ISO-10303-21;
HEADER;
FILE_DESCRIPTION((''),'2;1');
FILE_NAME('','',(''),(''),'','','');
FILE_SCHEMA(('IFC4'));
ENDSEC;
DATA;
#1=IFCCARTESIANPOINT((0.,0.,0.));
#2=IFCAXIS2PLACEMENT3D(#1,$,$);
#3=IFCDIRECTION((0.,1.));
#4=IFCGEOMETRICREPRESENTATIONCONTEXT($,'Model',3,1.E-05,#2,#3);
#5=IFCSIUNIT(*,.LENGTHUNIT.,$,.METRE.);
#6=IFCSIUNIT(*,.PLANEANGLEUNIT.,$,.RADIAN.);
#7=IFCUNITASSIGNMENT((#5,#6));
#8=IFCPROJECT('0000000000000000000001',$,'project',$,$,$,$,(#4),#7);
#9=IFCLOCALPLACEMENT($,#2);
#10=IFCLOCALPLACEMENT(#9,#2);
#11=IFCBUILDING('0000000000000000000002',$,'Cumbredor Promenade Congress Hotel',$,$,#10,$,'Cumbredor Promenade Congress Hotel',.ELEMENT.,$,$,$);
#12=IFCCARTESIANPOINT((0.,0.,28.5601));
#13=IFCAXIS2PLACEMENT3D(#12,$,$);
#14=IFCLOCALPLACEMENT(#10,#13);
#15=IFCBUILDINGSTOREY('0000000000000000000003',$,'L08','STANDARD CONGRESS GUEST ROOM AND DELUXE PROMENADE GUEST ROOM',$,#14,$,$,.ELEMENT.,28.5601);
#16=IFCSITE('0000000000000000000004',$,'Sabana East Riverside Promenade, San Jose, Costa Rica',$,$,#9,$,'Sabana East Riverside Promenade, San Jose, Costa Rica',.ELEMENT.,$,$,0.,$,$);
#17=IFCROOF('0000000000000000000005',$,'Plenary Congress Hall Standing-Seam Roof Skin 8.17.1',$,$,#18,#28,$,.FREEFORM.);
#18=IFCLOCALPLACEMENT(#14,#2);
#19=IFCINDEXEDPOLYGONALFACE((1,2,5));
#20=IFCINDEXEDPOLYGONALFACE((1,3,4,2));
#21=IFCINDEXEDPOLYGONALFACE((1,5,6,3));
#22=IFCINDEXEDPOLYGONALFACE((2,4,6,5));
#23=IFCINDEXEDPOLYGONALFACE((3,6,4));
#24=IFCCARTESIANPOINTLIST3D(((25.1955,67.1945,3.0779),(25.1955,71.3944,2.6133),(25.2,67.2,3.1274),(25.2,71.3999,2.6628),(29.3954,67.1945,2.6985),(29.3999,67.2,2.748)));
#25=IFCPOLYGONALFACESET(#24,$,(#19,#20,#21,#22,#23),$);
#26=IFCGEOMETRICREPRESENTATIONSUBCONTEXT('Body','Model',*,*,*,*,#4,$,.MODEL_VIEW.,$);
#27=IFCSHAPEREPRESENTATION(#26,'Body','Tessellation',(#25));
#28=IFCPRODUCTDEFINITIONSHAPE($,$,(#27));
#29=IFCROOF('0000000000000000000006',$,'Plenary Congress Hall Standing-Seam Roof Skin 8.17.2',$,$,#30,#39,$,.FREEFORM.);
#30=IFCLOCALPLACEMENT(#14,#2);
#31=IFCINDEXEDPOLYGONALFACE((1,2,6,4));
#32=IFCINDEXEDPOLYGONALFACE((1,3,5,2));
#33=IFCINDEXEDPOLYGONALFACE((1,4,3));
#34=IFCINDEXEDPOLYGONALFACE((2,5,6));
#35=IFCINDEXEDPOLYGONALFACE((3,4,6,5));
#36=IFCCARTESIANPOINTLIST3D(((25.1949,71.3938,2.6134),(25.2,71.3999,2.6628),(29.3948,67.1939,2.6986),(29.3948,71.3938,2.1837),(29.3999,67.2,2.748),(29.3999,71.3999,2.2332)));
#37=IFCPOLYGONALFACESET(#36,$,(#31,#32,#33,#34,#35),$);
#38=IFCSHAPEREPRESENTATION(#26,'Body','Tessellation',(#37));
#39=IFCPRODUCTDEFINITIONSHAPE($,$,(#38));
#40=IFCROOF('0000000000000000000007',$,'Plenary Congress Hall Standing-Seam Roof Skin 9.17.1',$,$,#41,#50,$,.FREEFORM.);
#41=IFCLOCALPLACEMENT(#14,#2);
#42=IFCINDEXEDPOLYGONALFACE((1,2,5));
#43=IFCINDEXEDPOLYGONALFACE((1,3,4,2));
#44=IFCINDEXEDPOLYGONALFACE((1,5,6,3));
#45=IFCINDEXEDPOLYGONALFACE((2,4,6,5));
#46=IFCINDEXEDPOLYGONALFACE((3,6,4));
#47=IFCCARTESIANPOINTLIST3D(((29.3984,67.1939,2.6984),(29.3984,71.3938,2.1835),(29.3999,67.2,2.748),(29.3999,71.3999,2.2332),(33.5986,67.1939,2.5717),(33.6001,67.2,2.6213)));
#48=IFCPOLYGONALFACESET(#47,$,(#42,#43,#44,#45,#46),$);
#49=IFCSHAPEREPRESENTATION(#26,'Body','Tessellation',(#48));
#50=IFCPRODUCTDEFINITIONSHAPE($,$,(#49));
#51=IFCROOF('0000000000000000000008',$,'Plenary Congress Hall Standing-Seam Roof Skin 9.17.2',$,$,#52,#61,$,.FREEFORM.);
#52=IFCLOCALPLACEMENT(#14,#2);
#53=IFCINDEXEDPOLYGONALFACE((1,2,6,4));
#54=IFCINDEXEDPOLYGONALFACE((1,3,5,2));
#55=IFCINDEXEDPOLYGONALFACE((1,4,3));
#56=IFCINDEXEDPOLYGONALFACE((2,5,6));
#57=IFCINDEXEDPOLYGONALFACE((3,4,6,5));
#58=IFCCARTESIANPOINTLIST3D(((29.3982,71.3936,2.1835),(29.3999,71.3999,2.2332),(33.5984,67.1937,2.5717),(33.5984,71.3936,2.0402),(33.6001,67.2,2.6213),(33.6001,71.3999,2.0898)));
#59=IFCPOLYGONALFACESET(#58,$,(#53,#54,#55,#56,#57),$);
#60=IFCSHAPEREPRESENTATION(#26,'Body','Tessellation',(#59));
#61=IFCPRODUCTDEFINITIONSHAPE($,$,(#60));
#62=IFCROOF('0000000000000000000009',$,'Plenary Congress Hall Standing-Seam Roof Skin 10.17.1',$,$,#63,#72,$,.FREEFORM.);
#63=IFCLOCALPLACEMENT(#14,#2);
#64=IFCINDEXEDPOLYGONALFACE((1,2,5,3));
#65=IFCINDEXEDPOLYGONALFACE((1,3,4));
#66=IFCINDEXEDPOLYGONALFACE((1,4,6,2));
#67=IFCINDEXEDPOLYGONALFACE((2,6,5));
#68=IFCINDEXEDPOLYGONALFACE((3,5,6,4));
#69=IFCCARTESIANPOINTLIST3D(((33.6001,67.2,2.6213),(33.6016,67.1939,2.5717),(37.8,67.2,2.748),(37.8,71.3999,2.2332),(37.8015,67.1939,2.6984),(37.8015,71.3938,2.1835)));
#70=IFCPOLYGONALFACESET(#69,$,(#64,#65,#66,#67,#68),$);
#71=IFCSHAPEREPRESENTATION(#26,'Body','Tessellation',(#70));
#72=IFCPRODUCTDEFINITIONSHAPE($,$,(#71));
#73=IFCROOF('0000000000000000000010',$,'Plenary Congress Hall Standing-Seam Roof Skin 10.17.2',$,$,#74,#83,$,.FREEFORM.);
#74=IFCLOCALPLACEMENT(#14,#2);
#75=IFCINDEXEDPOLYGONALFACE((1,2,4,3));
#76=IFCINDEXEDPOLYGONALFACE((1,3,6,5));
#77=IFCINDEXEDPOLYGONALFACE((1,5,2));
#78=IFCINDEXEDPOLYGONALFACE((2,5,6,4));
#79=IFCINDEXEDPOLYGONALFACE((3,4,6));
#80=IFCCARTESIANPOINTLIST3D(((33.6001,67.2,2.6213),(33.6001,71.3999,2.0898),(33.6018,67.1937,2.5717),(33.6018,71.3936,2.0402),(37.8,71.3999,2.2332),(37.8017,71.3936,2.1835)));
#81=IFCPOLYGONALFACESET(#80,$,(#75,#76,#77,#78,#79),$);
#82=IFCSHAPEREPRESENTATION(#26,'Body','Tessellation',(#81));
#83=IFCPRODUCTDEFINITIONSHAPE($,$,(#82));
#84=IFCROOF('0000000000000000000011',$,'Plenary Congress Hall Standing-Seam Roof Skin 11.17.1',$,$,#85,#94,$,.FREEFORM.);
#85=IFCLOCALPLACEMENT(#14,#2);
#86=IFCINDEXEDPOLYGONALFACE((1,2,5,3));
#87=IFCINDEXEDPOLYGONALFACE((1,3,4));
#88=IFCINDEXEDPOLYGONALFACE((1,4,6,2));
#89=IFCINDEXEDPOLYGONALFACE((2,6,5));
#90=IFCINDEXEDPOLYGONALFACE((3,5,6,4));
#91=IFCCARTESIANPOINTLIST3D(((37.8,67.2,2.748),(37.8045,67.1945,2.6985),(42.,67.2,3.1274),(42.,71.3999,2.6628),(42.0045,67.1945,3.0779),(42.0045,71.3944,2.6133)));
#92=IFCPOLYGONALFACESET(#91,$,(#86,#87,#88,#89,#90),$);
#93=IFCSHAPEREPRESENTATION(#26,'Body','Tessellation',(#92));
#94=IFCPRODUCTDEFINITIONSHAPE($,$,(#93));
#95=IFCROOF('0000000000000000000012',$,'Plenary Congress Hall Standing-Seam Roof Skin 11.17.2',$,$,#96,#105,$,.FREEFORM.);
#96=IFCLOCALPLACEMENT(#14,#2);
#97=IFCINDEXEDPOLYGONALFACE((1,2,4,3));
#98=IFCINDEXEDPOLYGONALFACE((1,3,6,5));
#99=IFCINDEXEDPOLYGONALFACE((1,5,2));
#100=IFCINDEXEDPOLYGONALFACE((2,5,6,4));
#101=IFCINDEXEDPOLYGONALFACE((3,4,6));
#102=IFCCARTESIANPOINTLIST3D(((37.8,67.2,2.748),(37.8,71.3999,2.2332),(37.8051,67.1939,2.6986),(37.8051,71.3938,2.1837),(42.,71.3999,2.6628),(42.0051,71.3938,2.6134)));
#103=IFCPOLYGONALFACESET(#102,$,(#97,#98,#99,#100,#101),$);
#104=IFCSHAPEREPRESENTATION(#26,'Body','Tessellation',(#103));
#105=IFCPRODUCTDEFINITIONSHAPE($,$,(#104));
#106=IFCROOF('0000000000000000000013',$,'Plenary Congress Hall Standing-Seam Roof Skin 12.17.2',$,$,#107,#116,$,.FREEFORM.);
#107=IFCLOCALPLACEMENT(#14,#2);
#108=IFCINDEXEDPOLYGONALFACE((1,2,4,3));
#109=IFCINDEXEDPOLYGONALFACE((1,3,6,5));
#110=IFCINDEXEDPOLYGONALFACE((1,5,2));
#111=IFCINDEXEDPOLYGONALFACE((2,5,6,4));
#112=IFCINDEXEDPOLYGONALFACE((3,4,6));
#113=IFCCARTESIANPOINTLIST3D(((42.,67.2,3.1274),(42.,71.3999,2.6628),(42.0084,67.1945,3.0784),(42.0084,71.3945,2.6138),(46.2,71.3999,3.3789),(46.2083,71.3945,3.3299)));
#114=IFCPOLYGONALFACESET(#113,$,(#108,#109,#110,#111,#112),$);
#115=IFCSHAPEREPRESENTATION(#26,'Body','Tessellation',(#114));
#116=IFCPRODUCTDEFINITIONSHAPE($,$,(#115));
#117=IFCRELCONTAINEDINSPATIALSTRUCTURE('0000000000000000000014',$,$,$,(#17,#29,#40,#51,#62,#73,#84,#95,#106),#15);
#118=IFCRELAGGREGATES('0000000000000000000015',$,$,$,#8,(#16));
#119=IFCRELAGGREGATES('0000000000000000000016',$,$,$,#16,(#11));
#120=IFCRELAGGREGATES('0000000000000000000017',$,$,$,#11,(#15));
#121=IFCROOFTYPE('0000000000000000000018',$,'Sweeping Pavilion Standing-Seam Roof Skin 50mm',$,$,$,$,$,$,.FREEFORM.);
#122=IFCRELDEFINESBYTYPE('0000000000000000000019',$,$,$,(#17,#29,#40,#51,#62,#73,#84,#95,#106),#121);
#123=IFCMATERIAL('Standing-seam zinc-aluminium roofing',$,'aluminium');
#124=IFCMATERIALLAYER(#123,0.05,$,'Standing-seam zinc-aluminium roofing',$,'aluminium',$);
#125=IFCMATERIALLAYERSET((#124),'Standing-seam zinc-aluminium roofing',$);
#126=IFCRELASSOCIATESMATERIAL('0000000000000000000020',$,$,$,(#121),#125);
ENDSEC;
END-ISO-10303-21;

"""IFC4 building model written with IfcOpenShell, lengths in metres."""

from ifc_helpers import new_model, si_unit, direction, frame, origin, place, context, subcontext, project, spatial, polyline, outline, extrude, material, layer, layer_set, type_object, element, save


model = new_model("IFC4")

# Units and contexts
model_context = context("Model", 3, precision=1e-05, world=origin(), true_north=direction((0.0, 1.0)))
body_context = subcontext(model_context, "Body", "Model", "MODEL_VIEW")
ifc_project = project(units=[si_unit("LENGTHUNIT", "METRE"), si_unit("PLANEANGLEUNIT", "RADIAN")], contexts=[model_context])

# Site, building, storey
site_placement = place(None, origin())
site = spatial("IfcSite", under=ifc_project, at=site_placement, Name="Sabana East Riverside Promenade, San Jose, Costa Rica", LongName="Sabana East Riverside Promenade, San Jose, Costa Rica", CompositionType="ELEMENT", RefElevation=0.0)
building_placement = place(site_placement, origin())
building = spatial("IfcBuilding", under=site, at=building_placement, Name="Cumbredor Promenade Congress Hotel", LongName="Cumbredor Promenade Congress Hotel", CompositionType="ELEMENT")
storey_placement = place(building_placement, frame((0.0, 0.0, 28.5601)))
storey = spatial("IfcBuildingStorey", under=building, at=storey_placement, Name="L08", Description="STANDARD CONGRESS GUEST ROOM AND DELUXE PROMENADE GUEST ROOM", CompositionType="ELEMENT", Elevation=28.5601)

# Roofs
ifc_material_1 = material(Name="Standing-seam zinc-aluminium roofing", Category="aluminium")
ifc_layer_1 = layer(ifc_material_1, 0.05, Name="Standing-seam zinc-aluminium roofing", Category="aluminium")
ifc_layer_set_1 = layer_set([ifc_layer_1], Name="Standing-seam zinc-aluminium roofing")
roof_type = type_object("IfcRoofType", Name="Sweeping Pavilion Standing-Seam Roof Skin 50mm", PredefinedType="FREEFORM", material=ifc_layer_set_1)
roof_1_placement = place(storey_placement, frame((25.2, 67.2, 3.1274), z_axis=(0.089426, 0.109509, 0.989955), x_axis=(0.995945, 0.0, -0.089967)))
element("IfcRoof", 1, at=roof_1_placement, inside=storey, type_object=roof_type, Name="Plenary Congress Hall Standing-Seam Roof Skin 8.17.1", PredefinedType="FREEFORM", context=body_context, shape_type="SweptSolid", body=[
    extrude(outline(polyline([(0.0, 0.0), (4.2171, 0.0), (0.0418, 4.2254), (0.0, 0.0)])), origin(), (0.0, 0.0, -1.0), 0.05),
])
roof_2_placement = place(storey_placement, frame((29.3999, 67.2, 2.748), z_axis=(0.101028, 0.121061, 0.987491), x_axis=(0.0, 0.992569, -0.121684)))
element("IfcRoof", 2, at=roof_2_placement, inside=storey, type_object=roof_type, Name="Plenary Congress Hall Standing-Seam Roof Skin 8.17.2", PredefinedType="FREEFORM", context=body_context, shape_type="SweptSolid", body=[
    extrude(outline(polyline([(0.0, 0.0), (4.2314, 0.0), (4.1791, 4.2216), (0.0, 0.0)])), origin(), (0.0, 0.0, -1.0), 0.05),
])
roof_3_placement = place(storey_placement, frame((29.3999, 67.2, 2.748), z_axis=(0.02993, 0.121629, 0.992124), x_axis=(0.999545, 0.0, -0.030154)))
element("IfcRoof", 3, at=roof_3_placement, inside=storey, type_object=roof_type, Name="Plenary Congress Hall Standing-Seam Roof Skin 9.17.1", PredefinedType="FREEFORM", context=body_context, shape_type="SweptSolid", body=[
    extrude(outline(polyline([(0.0, 0.0), (4.2021, 0.0), (0.0155, 4.2314), (0.0, 0.0)])), origin(), (0.0, 0.0, -1.0), 0.05),
])
roof_4_placement = place(storey_placement, frame((33.6001, 67.2, 2.6213), z_axis=(0.033831, 0.125475, 0.99152), x_axis=(0.0, 0.992088, -0.125546)))
element("IfcRoof", 4, at=roof_4_placement, inside=storey, type_object=roof_type, Name="Plenary Congress Hall Standing-Seam Roof Skin 9.17.2", PredefinedType="FREEFORM", context=body_context, shape_type="SweptSolid", body=[
    extrude(outline(polyline([(0.0, 0.0), (4.2334, 0.0), (4.2155, 4.2026), (0.0, 0.0)])), origin(), (0.0, 0.0, -1.0), 0.05),
])
roof_5_placement = place(storey_placement, frame((33.6001, 67.2, 2.6213), z_axis=(-0.029932, 0.121629, 0.992124), x_axis=(0.999545, 0.0, 0.030155)))
element("IfcRoof", 5, at=roof_5_placement, inside=storey, type_object=roof_type, Name="Plenary Congress Hall Standing-Seam Roof Skin 10.17.1", PredefinedType="FREEFORM", context=body_context, shape_type="SweptSolid", body=[
    extrude(outline(polyline([(0.0, 0.0), (4.2019, 0.0), (4.1863, 4.2314), (0.0, 0.0)])), origin(), (0.0, 0.0, -1.0), 0.05),
])
roof_6_placement = place(storey_placement, frame((33.6001, 67.2, 2.6213), z_axis=(-0.033833, 0.125475, 0.99152), x_axis=(0.705601, 0.705601, -0.065216)))
element("IfcRoof", 6, at=roof_6_placement, inside=storey, type_object=roof_type, Name="Plenary Congress Hall Standing-Seam Roof Skin 10.17.2", PredefinedType="FREEFORM", context=body_context, shape_type="SweptSolid", body=[
    extrude(outline(polyline([(0.0, 0.0), (5.9523, 0.0), (2.9982, 2.9888), (0.0, 0.0)])), origin(), (0.0, 0.0, -1.0), 0.05),
])
roof_7_placement = place(storey_placement, frame((37.8, 67.2, 2.748), z_axis=(-0.089426, 0.109509, 0.989955), x_axis=(0.995945, 0.0, 0.089967)))
element("IfcRoof", 7, at=roof_7_placement, inside=storey, type_object=roof_type, Name="Plenary Congress Hall Standing-Seam Roof Skin 11.17.1", PredefinedType="FREEFORM", context=body_context, shape_type="SweptSolid", body=[
    extrude(outline(polyline([(0.0, 0.0), (4.2171, 0.0), (4.1753, 4.2254), (0.0, 0.0)])), origin(), (0.0, 0.0, -1.0), 0.05),
])
roof_8_placement = place(storey_placement, frame((37.8, 67.2, 2.748), z_axis=(-0.101028, 0.121061, 0.987491), x_axis=(0.707034, 0.707034, -0.014344)))
element("IfcRoof", 8, at=roof_8_placement, inside=storey, type_object=roof_type, Name="Plenary Congress Hall Standing-Seam Roof Skin 11.17.2", PredefinedType="FREEFORM", context=body_context, shape_type="SweptSolid", body=[
    extrude(outline(polyline([(0.0, 0.0), (5.9402, 0.0), (2.9769, 3.0071), (0.0, 0.0)])), origin(), (0.0, 0.0, -1.0), 0.05),
])
roof_9_placement = place(storey_placement, frame((42.0, 67.2, 3.1274), z_axis=(-0.167078, 0.108404, 0.979966), x_axis=(0.706474, 0.706474, 0.042299)))
element("IfcRoof", 9, at=roof_9_placement, inside=storey, type_object=roof_type, Name="Plenary Congress Hall Standing-Seam Roof Skin 12.17.2", PredefinedType="FREEFORM", context=body_context, shape_type="SweptSolid", body=[
    extrude(outline(polyline([(0.0, 0.0), (5.9449, 0.0), (2.9475, 3.0278), (0.0, 0.0)])), origin(), (0.0, 0.0, -1.0), 0.05),
])

save(model, "model.ifc")
